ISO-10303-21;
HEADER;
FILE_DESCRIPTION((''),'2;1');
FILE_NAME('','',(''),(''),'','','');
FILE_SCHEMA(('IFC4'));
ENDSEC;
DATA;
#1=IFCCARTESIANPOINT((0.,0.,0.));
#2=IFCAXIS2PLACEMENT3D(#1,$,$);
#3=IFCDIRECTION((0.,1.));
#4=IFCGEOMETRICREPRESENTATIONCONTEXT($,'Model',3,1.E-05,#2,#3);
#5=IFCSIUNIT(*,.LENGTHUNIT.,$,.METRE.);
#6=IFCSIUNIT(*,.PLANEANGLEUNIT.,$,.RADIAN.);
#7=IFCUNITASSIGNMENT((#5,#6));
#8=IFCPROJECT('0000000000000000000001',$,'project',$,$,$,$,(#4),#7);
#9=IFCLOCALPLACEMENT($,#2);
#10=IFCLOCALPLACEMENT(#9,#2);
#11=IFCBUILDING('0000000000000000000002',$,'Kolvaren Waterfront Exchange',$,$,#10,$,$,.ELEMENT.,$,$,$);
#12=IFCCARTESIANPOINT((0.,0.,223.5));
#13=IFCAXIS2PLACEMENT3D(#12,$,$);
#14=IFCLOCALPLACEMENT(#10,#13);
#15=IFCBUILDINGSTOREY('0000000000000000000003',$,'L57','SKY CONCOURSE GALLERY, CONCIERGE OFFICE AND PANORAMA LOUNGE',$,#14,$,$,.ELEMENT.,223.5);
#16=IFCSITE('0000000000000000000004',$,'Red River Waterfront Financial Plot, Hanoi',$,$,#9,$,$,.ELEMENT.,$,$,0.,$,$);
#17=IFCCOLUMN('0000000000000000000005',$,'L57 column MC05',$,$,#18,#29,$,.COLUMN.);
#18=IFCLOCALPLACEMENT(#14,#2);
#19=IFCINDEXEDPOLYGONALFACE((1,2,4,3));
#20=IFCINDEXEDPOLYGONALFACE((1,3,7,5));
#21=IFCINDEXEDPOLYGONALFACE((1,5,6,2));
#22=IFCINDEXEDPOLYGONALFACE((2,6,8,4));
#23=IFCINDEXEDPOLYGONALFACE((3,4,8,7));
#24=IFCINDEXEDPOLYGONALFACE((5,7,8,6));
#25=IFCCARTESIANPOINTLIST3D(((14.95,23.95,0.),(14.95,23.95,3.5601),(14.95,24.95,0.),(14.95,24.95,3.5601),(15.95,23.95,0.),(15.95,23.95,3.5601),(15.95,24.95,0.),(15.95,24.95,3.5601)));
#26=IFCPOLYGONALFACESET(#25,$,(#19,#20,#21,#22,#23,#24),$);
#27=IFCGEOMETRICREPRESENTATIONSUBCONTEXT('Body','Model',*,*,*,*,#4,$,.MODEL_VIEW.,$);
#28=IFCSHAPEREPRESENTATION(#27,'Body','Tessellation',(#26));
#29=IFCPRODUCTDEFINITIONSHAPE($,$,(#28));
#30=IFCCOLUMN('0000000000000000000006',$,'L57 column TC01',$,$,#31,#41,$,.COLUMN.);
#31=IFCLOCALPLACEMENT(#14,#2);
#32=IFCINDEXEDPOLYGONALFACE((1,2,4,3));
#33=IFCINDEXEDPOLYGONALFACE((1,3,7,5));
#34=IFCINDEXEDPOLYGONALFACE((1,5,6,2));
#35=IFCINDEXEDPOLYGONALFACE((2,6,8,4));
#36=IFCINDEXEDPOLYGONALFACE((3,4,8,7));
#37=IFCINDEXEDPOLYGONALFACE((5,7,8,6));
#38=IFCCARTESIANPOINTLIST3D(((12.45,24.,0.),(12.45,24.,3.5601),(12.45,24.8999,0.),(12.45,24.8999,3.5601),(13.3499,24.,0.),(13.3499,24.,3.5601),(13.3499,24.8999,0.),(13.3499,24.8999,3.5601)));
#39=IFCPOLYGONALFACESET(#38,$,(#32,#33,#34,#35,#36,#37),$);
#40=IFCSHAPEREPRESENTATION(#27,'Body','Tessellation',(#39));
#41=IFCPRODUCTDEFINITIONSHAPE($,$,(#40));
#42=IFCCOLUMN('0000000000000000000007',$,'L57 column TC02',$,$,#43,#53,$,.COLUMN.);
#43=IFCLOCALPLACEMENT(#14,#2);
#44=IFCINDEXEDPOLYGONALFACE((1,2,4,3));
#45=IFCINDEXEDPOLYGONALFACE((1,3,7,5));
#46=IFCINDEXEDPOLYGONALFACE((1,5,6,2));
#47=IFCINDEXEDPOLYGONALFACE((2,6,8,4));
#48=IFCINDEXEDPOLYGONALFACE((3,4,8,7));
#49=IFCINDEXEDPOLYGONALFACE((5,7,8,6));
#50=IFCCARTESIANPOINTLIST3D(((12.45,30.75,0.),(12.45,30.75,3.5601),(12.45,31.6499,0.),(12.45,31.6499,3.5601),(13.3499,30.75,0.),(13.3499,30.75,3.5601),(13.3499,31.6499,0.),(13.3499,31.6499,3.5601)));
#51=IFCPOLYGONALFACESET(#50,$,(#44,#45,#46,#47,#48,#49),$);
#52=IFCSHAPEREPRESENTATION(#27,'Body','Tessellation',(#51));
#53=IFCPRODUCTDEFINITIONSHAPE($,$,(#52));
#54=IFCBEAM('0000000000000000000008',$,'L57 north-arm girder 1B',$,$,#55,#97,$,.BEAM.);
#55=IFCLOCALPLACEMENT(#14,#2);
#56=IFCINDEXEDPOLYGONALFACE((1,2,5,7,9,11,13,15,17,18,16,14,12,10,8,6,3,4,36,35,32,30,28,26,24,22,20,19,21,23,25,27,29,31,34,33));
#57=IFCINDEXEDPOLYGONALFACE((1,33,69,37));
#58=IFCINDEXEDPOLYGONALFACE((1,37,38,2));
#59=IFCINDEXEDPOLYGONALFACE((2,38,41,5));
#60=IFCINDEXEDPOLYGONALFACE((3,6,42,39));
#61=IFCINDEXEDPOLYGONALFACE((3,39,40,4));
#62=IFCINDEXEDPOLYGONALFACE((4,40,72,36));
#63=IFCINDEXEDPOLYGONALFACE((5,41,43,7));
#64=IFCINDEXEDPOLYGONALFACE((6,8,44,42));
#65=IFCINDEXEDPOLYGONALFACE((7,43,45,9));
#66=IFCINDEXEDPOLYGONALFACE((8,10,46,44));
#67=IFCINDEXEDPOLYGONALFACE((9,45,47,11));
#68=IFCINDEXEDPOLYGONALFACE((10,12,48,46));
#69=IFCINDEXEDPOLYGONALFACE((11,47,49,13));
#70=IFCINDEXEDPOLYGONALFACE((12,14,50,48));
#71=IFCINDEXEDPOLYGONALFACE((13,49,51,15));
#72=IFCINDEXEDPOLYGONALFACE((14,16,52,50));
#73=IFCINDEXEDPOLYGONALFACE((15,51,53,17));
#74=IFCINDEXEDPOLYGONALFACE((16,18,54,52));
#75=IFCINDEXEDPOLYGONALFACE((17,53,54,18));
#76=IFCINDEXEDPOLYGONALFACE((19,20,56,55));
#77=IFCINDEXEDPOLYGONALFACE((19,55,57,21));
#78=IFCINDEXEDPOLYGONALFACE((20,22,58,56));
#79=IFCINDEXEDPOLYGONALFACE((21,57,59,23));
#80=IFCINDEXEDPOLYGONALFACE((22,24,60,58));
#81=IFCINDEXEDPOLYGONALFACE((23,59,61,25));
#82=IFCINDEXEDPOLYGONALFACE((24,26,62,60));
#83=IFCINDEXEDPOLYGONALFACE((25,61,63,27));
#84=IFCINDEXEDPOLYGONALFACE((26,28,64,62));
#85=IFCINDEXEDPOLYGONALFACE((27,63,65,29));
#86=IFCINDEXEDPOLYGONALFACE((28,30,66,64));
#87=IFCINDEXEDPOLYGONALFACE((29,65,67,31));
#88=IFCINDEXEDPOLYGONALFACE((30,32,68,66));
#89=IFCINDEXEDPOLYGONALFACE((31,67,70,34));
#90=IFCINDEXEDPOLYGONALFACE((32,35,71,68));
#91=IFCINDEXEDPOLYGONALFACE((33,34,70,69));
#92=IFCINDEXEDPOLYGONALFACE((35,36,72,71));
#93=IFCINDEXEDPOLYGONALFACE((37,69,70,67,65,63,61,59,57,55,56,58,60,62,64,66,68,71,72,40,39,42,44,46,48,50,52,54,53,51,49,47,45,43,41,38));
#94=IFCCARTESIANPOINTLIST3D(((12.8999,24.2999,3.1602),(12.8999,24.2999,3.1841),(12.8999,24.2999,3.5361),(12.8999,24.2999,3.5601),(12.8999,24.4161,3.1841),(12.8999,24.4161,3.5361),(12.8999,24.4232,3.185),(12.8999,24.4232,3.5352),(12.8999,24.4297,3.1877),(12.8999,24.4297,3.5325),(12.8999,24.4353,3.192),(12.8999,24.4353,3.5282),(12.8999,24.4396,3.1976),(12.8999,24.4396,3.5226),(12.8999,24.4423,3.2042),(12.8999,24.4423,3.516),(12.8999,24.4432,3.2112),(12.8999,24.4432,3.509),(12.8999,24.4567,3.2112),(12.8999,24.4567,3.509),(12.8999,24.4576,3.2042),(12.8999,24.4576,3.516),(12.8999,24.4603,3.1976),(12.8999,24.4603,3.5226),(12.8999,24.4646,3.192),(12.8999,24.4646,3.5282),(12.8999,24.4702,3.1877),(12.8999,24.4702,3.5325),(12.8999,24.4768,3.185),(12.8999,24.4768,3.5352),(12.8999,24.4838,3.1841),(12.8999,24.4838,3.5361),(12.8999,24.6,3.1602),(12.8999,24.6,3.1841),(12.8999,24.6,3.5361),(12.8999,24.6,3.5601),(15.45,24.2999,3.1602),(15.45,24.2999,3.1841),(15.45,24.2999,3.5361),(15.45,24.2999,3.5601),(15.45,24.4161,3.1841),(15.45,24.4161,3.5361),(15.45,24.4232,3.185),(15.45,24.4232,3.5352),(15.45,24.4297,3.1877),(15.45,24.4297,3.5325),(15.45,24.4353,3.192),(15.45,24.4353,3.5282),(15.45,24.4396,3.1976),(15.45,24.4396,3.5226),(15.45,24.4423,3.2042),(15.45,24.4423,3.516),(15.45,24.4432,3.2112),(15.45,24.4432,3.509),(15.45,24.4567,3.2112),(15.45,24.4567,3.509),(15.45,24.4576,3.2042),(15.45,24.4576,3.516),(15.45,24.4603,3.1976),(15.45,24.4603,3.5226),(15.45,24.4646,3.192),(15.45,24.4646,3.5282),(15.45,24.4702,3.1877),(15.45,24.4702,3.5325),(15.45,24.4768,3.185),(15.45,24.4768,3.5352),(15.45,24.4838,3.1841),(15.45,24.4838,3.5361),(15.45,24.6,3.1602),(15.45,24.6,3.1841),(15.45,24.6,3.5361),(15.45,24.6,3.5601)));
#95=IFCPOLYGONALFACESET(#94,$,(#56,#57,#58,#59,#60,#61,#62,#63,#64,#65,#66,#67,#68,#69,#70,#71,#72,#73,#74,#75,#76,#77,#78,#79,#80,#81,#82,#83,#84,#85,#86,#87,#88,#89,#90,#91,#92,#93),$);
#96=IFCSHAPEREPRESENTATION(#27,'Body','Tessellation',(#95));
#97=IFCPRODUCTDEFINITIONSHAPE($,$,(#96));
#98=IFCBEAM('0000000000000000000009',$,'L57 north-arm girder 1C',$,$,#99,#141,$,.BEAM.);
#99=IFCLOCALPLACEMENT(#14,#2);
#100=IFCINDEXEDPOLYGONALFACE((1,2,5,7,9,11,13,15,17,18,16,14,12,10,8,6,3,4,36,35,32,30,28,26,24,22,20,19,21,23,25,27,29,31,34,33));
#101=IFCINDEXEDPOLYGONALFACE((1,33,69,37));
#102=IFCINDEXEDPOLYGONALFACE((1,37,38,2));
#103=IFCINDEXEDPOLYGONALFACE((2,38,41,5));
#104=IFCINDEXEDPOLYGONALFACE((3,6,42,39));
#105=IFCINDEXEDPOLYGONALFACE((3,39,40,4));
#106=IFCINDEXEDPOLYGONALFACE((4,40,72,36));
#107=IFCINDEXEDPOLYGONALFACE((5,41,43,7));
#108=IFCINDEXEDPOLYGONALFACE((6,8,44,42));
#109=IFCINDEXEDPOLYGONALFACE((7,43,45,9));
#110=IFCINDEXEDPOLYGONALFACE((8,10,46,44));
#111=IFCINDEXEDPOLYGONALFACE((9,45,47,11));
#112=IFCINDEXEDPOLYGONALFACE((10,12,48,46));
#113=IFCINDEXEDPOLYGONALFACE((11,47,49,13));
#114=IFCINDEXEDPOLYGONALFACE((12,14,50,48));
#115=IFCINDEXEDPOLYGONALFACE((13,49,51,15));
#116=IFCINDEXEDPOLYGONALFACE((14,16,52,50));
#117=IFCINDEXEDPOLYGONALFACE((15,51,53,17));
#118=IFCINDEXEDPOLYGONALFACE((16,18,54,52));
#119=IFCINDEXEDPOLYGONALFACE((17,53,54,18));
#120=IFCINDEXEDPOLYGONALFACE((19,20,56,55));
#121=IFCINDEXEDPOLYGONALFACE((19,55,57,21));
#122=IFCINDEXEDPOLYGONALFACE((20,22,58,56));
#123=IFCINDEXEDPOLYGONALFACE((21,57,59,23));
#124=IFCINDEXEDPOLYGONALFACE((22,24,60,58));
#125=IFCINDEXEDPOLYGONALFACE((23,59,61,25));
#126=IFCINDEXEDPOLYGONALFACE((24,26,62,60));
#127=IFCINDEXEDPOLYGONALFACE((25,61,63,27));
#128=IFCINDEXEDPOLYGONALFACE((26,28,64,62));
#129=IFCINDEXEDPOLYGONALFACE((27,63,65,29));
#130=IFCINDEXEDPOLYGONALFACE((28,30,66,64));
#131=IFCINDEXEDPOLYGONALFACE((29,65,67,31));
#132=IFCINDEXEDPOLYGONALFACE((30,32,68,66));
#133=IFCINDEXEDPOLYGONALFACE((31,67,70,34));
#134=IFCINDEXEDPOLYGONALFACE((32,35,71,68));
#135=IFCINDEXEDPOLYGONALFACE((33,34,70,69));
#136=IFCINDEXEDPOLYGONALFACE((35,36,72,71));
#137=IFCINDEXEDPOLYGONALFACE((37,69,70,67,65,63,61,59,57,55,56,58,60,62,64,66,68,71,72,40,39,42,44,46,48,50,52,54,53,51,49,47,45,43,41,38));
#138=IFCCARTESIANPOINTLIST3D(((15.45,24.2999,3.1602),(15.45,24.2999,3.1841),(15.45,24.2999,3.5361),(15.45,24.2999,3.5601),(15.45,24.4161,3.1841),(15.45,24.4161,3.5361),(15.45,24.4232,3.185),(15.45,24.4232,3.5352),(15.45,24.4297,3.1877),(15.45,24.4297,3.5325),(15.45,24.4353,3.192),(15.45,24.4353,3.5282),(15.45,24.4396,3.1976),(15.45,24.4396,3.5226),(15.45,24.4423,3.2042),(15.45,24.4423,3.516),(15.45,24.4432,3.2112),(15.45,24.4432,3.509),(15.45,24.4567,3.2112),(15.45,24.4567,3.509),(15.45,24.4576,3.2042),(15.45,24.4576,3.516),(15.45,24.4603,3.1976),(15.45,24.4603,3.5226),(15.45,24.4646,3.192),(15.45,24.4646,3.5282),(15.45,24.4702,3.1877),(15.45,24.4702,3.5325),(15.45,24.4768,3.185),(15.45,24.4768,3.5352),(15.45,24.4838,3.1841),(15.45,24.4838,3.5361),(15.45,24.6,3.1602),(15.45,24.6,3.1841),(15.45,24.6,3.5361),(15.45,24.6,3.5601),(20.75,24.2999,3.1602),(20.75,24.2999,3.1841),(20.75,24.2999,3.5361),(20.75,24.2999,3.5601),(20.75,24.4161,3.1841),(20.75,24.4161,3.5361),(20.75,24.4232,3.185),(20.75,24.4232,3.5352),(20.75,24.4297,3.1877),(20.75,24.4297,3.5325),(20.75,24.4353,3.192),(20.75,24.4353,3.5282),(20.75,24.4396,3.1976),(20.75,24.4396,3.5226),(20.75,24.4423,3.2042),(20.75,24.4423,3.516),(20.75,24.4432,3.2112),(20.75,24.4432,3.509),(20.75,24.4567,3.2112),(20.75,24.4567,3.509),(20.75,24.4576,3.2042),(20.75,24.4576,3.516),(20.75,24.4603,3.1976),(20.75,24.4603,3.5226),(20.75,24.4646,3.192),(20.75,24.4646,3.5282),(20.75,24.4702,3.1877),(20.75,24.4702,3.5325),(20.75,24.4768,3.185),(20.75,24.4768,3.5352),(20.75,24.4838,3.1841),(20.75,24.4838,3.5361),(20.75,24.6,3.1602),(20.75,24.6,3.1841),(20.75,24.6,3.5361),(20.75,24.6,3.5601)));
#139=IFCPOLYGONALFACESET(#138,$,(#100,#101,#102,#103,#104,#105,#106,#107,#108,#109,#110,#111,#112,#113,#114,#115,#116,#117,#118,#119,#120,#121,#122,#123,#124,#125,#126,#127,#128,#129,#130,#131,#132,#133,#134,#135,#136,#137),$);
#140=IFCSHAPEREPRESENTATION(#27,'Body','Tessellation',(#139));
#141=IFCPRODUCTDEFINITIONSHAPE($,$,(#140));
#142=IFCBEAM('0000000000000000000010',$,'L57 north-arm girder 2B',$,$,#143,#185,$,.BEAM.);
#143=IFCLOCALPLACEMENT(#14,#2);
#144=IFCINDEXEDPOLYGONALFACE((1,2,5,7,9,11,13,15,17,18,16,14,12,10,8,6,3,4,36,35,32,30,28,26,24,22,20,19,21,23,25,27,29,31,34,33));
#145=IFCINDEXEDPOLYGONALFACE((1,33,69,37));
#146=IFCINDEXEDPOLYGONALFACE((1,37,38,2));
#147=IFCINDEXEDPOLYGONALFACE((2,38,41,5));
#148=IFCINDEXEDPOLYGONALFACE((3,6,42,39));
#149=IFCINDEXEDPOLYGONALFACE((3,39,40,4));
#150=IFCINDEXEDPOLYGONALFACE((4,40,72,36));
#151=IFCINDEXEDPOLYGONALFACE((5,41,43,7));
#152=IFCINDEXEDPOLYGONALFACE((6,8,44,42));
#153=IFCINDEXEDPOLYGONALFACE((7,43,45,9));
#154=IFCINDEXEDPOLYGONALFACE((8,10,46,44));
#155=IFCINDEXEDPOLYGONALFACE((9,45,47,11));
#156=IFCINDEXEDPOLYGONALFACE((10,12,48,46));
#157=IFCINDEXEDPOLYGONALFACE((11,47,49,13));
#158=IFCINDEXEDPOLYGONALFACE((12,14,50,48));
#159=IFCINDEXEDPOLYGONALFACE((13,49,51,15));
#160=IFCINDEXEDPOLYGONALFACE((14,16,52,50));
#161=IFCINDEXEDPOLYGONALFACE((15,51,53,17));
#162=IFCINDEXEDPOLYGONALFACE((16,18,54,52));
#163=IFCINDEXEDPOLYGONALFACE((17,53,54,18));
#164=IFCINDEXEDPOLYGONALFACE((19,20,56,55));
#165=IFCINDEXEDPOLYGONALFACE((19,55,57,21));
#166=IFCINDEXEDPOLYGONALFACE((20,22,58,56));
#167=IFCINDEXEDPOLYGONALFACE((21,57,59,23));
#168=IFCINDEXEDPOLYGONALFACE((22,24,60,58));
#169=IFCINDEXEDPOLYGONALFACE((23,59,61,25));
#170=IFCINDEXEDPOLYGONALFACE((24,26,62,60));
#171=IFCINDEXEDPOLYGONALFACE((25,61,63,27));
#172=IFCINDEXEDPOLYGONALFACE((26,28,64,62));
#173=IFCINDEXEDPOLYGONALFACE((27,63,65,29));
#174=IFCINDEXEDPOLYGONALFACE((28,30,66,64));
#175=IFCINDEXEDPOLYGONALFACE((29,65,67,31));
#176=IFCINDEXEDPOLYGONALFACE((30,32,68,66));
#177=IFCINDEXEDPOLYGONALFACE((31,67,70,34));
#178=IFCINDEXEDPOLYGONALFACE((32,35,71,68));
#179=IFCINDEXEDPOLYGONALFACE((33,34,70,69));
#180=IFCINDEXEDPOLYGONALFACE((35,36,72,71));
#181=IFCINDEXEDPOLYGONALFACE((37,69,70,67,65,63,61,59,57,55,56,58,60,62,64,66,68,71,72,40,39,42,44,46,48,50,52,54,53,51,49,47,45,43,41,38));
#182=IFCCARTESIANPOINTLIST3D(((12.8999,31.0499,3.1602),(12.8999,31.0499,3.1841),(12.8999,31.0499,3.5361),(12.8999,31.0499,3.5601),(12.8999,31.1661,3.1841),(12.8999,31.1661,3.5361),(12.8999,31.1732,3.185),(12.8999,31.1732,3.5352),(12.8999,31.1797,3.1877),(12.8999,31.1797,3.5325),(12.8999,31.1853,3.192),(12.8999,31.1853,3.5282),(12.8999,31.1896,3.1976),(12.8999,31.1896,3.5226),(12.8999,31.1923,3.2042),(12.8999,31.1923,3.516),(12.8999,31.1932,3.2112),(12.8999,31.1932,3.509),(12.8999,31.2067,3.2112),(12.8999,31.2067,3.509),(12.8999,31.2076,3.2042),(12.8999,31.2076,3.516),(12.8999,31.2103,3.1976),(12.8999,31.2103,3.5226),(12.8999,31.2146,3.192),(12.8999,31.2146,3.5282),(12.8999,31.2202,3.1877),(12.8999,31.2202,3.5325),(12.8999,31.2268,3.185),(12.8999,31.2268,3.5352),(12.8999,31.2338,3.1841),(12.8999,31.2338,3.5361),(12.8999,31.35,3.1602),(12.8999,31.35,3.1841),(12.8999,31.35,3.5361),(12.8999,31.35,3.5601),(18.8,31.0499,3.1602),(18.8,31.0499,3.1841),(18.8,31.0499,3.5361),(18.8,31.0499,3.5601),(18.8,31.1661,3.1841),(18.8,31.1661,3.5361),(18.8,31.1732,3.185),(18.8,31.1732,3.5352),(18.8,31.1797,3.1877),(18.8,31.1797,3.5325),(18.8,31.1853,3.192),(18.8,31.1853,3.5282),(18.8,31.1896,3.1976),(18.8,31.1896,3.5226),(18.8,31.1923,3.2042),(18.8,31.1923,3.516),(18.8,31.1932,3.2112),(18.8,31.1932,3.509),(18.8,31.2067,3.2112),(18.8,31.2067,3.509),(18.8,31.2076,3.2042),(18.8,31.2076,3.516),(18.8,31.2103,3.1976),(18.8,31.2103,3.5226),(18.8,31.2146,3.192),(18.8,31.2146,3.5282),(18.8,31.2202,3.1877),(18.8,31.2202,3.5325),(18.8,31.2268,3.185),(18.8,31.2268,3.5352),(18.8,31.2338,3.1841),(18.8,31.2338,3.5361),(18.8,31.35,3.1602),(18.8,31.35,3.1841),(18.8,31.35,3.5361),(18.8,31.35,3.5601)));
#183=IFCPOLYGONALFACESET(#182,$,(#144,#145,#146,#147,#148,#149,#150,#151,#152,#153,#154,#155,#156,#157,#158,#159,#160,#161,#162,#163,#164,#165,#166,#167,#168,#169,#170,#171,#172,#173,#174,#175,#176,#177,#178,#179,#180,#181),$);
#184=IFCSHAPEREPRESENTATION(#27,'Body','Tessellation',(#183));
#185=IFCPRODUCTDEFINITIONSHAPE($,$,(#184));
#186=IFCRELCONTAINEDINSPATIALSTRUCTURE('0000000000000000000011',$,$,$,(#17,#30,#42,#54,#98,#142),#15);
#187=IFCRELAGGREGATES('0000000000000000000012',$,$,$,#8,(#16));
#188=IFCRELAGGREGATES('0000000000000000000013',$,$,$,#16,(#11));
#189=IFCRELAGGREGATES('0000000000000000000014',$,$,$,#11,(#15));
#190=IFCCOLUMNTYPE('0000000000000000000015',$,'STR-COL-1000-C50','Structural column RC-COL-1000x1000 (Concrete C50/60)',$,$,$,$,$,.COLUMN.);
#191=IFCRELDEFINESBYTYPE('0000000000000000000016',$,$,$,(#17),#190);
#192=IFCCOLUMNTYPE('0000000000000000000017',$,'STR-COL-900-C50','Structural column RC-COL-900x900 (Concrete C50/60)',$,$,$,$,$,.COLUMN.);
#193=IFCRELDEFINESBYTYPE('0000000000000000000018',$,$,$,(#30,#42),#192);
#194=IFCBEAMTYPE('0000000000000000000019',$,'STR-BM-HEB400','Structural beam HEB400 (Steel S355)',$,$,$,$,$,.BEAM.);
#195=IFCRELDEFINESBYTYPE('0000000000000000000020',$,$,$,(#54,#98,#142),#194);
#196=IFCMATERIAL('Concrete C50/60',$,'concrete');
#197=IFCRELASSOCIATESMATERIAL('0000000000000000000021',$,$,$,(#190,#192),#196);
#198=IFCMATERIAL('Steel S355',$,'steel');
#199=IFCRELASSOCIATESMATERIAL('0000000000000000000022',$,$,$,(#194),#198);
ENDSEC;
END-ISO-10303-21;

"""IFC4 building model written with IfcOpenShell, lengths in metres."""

from ifc_helpers import new_model, si_unit, direction, frame, origin, origin_2d, place, context, subcontext, project, spatial, rectangle, i_section, extrude, material, material_profile, profile_set, type_object, element, save


model = new_model("IFC4")

# Units and contexts
model_context = context("Model", 3, precision=1e-05, world=origin(), true_north=direction((0.0, 1.0)))
body_context = subcontext(model_context, "Body", "Model", "MODEL_VIEW")
ifc_project = project(units=[si_unit("LENGTHUNIT", "METRE"), si_unit("PLANEANGLEUNIT", "RADIAN")], contexts=[model_context])

# Site, building, storey
site_placement = place(None, origin())
site = spatial("IfcSite", under=ifc_project, at=site_placement, Name="Red River Waterfront Financial Plot, Hanoi", CompositionType="ELEMENT", RefElevation=0.0)
building_placement = place(site_placement, origin())
building = spatial("IfcBuilding", under=site, at=building_placement, Name="Kolvaren Waterfront Exchange", CompositionType="ELEMENT")
storey_placement = place(building_placement, frame((0.0, 0.0, 223.5)))
storey = spatial("IfcBuildingStorey", under=building, at=storey_placement, Name="L57", Description="SKY CONCOURSE GALLERY, CONCIERGE OFFICE AND PANORAMA LOUNGE", CompositionType="ELEMENT", Elevation=223.5)

# Columns
ifc_material_1 = material(Name="Concrete C50/60", Category="concrete")
ifc_material_profile_1 = material_profile(ifc_material_1, rectangle(XDim=1.0, YDim=1.0, at=origin_2d()), Name="RC-COL-1000x1000")
ifc_profile_set_1 = profile_set([ifc_material_profile_1], Name="Concrete C50/60")
column_type_1 = type_object("IfcColumnType", Name="STR-COL-1000-C50", Description="Structural column RC-COL-1000x1000 (Concrete C50/60)", PredefinedType="COLUMN", material=ifc_profile_set_1)
column_placement = place(storey_placement, frame((15.45, 24.45, 0.0), z_axis=(0.0, 0.0, 1.0), x_axis=(1.0, 0.0, 0.0)))
element("IfcColumn", 1, at=column_placement, inside=storey, type_object=column_type_1, Name="L57 column MC05", PredefinedType="COLUMN", context=body_context, shape_type="SweptSolid", body=[
    extrude(rectangle(XDim=1.0, YDim=1.0, at=origin_2d()), origin(), (0.0, 0.0, 1.0), 3.5601),
])
ifc_material_profile_2 = material_profile(ifc_material_1, rectangle(XDim=0.8999, YDim=0.8999, at=origin_2d()), Name="RC-COL-900x900")
ifc_profile_set_2 = profile_set([ifc_material_profile_2], Name="Concrete C50/60")
column_type_2 = type_object("IfcColumnType", Name="STR-COL-900-C50", Description="Structural column RC-COL-900x900 (Concrete C50/60)", PredefinedType="COLUMN", material=ifc_profile_set_2)
for number, where, z_axis, x_axis, name in (
    (2, (12.8999, 24.45, 0.0), (0.0, 0.0, 1.0), (1.0, 0.0, 0.0), "L57 column TC01"),
    (3, (12.8999, 31.2, 0.0), (0.0, 0.0, 1.0), (1.0, 0.0, 0.0), "L57 column TC02"),
):
    element("IfcColumn", number, at=place(storey_placement, frame(where, z_axis=z_axis, x_axis=x_axis)), inside=storey, type_object=column_type_2, Name=name, PredefinedType="COLUMN", context=body_context, shape_type="SweptSolid", body=[
        extrude(rectangle(XDim=0.8999, YDim=0.8999, at=origin_2d()), origin(), (0.0, 0.0, 1.0), 3.5601),
    ])

# Beams
ifc_material_2 = material(Name="Steel S355", Category="steel")
ifc_material_profile_3 = material_profile(ifc_material_2, i_section(OverallWidth=0.3, OverallDepth=0.3999, WebThickness=0.0134, FlangeThickness=0.0239, FilletRadius=0.0271, at=origin_2d()), Name="HEB400")
ifc_profile_set_3 = profile_set([ifc_material_profile_3], Name="Steel S355")
beam_type_1 = type_object("IfcBeamType", Name="STR-BM-HEB400", Description="Structural beam HEB400 (Steel S355)", PredefinedType="BEAM", material=ifc_profile_set_3)
beam_1_placement = place(storey_placement, frame((12.8999, 24.45, 3.3601), z_axis=(1.0, 0.0, 0.0), x_axis=(0.0, 1.0, 0.0)))
element("IfcBeam", 4, at=beam_1_placement, inside=storey, type_object=beam_type_1, Name="L57 north-arm girder 1B", PredefinedType="BEAM", context=body_context, shape_type="SweptSolid", body=[
    extrude(i_section(OverallWidth=0.3, OverallDepth=0.3999, WebThickness=0.0134, FlangeThickness=0.0239, FilletRadius=0.0271, at=origin_2d()), origin(), (0.0, 0.0, 1.0), 2.55),
])
beam_2_placement = place(storey_placement, frame((15.45, 24.45, 3.3601), z_axis=(1.0, 0.0, 0.0), x_axis=(0.0, 1.0, 0.0)))
element("IfcBeam", 5, at=beam_2_placement, inside=storey, type_object=beam_type_1, Name="L57 north-arm girder 1C", PredefinedType="BEAM", context=body_context, shape_type="SweptSolid", body=[
    extrude(i_section(OverallWidth=0.3, OverallDepth=0.3999, WebThickness=0.0134, FlangeThickness=0.0239, FilletRadius=0.0271, at=origin_2d()), origin(), (0.0, 0.0, 1.0), 5.3),
])
beam_3_placement = place(storey_placement, frame((12.8999, 31.2, 3.3601), z_axis=(1.0, 0.0, 0.0), x_axis=(0.0, 1.0, 0.0)))
element("IfcBeam", 6, at=beam_3_placement, inside=storey, type_object=beam_type_1, Name="L57 north-arm girder 2B", PredefinedType="BEAM", context=body_context, shape_type="SweptSolid", body=[
    extrude(i_section(OverallWidth=0.3, OverallDepth=0.3999, WebThickness=0.0134, FlangeThickness=0.0239, FilletRadius=0.0271, at=origin_2d()), origin(), (0.0, 0.0, 1.0), 5.9001),
])

save(model, "model.ifc")
